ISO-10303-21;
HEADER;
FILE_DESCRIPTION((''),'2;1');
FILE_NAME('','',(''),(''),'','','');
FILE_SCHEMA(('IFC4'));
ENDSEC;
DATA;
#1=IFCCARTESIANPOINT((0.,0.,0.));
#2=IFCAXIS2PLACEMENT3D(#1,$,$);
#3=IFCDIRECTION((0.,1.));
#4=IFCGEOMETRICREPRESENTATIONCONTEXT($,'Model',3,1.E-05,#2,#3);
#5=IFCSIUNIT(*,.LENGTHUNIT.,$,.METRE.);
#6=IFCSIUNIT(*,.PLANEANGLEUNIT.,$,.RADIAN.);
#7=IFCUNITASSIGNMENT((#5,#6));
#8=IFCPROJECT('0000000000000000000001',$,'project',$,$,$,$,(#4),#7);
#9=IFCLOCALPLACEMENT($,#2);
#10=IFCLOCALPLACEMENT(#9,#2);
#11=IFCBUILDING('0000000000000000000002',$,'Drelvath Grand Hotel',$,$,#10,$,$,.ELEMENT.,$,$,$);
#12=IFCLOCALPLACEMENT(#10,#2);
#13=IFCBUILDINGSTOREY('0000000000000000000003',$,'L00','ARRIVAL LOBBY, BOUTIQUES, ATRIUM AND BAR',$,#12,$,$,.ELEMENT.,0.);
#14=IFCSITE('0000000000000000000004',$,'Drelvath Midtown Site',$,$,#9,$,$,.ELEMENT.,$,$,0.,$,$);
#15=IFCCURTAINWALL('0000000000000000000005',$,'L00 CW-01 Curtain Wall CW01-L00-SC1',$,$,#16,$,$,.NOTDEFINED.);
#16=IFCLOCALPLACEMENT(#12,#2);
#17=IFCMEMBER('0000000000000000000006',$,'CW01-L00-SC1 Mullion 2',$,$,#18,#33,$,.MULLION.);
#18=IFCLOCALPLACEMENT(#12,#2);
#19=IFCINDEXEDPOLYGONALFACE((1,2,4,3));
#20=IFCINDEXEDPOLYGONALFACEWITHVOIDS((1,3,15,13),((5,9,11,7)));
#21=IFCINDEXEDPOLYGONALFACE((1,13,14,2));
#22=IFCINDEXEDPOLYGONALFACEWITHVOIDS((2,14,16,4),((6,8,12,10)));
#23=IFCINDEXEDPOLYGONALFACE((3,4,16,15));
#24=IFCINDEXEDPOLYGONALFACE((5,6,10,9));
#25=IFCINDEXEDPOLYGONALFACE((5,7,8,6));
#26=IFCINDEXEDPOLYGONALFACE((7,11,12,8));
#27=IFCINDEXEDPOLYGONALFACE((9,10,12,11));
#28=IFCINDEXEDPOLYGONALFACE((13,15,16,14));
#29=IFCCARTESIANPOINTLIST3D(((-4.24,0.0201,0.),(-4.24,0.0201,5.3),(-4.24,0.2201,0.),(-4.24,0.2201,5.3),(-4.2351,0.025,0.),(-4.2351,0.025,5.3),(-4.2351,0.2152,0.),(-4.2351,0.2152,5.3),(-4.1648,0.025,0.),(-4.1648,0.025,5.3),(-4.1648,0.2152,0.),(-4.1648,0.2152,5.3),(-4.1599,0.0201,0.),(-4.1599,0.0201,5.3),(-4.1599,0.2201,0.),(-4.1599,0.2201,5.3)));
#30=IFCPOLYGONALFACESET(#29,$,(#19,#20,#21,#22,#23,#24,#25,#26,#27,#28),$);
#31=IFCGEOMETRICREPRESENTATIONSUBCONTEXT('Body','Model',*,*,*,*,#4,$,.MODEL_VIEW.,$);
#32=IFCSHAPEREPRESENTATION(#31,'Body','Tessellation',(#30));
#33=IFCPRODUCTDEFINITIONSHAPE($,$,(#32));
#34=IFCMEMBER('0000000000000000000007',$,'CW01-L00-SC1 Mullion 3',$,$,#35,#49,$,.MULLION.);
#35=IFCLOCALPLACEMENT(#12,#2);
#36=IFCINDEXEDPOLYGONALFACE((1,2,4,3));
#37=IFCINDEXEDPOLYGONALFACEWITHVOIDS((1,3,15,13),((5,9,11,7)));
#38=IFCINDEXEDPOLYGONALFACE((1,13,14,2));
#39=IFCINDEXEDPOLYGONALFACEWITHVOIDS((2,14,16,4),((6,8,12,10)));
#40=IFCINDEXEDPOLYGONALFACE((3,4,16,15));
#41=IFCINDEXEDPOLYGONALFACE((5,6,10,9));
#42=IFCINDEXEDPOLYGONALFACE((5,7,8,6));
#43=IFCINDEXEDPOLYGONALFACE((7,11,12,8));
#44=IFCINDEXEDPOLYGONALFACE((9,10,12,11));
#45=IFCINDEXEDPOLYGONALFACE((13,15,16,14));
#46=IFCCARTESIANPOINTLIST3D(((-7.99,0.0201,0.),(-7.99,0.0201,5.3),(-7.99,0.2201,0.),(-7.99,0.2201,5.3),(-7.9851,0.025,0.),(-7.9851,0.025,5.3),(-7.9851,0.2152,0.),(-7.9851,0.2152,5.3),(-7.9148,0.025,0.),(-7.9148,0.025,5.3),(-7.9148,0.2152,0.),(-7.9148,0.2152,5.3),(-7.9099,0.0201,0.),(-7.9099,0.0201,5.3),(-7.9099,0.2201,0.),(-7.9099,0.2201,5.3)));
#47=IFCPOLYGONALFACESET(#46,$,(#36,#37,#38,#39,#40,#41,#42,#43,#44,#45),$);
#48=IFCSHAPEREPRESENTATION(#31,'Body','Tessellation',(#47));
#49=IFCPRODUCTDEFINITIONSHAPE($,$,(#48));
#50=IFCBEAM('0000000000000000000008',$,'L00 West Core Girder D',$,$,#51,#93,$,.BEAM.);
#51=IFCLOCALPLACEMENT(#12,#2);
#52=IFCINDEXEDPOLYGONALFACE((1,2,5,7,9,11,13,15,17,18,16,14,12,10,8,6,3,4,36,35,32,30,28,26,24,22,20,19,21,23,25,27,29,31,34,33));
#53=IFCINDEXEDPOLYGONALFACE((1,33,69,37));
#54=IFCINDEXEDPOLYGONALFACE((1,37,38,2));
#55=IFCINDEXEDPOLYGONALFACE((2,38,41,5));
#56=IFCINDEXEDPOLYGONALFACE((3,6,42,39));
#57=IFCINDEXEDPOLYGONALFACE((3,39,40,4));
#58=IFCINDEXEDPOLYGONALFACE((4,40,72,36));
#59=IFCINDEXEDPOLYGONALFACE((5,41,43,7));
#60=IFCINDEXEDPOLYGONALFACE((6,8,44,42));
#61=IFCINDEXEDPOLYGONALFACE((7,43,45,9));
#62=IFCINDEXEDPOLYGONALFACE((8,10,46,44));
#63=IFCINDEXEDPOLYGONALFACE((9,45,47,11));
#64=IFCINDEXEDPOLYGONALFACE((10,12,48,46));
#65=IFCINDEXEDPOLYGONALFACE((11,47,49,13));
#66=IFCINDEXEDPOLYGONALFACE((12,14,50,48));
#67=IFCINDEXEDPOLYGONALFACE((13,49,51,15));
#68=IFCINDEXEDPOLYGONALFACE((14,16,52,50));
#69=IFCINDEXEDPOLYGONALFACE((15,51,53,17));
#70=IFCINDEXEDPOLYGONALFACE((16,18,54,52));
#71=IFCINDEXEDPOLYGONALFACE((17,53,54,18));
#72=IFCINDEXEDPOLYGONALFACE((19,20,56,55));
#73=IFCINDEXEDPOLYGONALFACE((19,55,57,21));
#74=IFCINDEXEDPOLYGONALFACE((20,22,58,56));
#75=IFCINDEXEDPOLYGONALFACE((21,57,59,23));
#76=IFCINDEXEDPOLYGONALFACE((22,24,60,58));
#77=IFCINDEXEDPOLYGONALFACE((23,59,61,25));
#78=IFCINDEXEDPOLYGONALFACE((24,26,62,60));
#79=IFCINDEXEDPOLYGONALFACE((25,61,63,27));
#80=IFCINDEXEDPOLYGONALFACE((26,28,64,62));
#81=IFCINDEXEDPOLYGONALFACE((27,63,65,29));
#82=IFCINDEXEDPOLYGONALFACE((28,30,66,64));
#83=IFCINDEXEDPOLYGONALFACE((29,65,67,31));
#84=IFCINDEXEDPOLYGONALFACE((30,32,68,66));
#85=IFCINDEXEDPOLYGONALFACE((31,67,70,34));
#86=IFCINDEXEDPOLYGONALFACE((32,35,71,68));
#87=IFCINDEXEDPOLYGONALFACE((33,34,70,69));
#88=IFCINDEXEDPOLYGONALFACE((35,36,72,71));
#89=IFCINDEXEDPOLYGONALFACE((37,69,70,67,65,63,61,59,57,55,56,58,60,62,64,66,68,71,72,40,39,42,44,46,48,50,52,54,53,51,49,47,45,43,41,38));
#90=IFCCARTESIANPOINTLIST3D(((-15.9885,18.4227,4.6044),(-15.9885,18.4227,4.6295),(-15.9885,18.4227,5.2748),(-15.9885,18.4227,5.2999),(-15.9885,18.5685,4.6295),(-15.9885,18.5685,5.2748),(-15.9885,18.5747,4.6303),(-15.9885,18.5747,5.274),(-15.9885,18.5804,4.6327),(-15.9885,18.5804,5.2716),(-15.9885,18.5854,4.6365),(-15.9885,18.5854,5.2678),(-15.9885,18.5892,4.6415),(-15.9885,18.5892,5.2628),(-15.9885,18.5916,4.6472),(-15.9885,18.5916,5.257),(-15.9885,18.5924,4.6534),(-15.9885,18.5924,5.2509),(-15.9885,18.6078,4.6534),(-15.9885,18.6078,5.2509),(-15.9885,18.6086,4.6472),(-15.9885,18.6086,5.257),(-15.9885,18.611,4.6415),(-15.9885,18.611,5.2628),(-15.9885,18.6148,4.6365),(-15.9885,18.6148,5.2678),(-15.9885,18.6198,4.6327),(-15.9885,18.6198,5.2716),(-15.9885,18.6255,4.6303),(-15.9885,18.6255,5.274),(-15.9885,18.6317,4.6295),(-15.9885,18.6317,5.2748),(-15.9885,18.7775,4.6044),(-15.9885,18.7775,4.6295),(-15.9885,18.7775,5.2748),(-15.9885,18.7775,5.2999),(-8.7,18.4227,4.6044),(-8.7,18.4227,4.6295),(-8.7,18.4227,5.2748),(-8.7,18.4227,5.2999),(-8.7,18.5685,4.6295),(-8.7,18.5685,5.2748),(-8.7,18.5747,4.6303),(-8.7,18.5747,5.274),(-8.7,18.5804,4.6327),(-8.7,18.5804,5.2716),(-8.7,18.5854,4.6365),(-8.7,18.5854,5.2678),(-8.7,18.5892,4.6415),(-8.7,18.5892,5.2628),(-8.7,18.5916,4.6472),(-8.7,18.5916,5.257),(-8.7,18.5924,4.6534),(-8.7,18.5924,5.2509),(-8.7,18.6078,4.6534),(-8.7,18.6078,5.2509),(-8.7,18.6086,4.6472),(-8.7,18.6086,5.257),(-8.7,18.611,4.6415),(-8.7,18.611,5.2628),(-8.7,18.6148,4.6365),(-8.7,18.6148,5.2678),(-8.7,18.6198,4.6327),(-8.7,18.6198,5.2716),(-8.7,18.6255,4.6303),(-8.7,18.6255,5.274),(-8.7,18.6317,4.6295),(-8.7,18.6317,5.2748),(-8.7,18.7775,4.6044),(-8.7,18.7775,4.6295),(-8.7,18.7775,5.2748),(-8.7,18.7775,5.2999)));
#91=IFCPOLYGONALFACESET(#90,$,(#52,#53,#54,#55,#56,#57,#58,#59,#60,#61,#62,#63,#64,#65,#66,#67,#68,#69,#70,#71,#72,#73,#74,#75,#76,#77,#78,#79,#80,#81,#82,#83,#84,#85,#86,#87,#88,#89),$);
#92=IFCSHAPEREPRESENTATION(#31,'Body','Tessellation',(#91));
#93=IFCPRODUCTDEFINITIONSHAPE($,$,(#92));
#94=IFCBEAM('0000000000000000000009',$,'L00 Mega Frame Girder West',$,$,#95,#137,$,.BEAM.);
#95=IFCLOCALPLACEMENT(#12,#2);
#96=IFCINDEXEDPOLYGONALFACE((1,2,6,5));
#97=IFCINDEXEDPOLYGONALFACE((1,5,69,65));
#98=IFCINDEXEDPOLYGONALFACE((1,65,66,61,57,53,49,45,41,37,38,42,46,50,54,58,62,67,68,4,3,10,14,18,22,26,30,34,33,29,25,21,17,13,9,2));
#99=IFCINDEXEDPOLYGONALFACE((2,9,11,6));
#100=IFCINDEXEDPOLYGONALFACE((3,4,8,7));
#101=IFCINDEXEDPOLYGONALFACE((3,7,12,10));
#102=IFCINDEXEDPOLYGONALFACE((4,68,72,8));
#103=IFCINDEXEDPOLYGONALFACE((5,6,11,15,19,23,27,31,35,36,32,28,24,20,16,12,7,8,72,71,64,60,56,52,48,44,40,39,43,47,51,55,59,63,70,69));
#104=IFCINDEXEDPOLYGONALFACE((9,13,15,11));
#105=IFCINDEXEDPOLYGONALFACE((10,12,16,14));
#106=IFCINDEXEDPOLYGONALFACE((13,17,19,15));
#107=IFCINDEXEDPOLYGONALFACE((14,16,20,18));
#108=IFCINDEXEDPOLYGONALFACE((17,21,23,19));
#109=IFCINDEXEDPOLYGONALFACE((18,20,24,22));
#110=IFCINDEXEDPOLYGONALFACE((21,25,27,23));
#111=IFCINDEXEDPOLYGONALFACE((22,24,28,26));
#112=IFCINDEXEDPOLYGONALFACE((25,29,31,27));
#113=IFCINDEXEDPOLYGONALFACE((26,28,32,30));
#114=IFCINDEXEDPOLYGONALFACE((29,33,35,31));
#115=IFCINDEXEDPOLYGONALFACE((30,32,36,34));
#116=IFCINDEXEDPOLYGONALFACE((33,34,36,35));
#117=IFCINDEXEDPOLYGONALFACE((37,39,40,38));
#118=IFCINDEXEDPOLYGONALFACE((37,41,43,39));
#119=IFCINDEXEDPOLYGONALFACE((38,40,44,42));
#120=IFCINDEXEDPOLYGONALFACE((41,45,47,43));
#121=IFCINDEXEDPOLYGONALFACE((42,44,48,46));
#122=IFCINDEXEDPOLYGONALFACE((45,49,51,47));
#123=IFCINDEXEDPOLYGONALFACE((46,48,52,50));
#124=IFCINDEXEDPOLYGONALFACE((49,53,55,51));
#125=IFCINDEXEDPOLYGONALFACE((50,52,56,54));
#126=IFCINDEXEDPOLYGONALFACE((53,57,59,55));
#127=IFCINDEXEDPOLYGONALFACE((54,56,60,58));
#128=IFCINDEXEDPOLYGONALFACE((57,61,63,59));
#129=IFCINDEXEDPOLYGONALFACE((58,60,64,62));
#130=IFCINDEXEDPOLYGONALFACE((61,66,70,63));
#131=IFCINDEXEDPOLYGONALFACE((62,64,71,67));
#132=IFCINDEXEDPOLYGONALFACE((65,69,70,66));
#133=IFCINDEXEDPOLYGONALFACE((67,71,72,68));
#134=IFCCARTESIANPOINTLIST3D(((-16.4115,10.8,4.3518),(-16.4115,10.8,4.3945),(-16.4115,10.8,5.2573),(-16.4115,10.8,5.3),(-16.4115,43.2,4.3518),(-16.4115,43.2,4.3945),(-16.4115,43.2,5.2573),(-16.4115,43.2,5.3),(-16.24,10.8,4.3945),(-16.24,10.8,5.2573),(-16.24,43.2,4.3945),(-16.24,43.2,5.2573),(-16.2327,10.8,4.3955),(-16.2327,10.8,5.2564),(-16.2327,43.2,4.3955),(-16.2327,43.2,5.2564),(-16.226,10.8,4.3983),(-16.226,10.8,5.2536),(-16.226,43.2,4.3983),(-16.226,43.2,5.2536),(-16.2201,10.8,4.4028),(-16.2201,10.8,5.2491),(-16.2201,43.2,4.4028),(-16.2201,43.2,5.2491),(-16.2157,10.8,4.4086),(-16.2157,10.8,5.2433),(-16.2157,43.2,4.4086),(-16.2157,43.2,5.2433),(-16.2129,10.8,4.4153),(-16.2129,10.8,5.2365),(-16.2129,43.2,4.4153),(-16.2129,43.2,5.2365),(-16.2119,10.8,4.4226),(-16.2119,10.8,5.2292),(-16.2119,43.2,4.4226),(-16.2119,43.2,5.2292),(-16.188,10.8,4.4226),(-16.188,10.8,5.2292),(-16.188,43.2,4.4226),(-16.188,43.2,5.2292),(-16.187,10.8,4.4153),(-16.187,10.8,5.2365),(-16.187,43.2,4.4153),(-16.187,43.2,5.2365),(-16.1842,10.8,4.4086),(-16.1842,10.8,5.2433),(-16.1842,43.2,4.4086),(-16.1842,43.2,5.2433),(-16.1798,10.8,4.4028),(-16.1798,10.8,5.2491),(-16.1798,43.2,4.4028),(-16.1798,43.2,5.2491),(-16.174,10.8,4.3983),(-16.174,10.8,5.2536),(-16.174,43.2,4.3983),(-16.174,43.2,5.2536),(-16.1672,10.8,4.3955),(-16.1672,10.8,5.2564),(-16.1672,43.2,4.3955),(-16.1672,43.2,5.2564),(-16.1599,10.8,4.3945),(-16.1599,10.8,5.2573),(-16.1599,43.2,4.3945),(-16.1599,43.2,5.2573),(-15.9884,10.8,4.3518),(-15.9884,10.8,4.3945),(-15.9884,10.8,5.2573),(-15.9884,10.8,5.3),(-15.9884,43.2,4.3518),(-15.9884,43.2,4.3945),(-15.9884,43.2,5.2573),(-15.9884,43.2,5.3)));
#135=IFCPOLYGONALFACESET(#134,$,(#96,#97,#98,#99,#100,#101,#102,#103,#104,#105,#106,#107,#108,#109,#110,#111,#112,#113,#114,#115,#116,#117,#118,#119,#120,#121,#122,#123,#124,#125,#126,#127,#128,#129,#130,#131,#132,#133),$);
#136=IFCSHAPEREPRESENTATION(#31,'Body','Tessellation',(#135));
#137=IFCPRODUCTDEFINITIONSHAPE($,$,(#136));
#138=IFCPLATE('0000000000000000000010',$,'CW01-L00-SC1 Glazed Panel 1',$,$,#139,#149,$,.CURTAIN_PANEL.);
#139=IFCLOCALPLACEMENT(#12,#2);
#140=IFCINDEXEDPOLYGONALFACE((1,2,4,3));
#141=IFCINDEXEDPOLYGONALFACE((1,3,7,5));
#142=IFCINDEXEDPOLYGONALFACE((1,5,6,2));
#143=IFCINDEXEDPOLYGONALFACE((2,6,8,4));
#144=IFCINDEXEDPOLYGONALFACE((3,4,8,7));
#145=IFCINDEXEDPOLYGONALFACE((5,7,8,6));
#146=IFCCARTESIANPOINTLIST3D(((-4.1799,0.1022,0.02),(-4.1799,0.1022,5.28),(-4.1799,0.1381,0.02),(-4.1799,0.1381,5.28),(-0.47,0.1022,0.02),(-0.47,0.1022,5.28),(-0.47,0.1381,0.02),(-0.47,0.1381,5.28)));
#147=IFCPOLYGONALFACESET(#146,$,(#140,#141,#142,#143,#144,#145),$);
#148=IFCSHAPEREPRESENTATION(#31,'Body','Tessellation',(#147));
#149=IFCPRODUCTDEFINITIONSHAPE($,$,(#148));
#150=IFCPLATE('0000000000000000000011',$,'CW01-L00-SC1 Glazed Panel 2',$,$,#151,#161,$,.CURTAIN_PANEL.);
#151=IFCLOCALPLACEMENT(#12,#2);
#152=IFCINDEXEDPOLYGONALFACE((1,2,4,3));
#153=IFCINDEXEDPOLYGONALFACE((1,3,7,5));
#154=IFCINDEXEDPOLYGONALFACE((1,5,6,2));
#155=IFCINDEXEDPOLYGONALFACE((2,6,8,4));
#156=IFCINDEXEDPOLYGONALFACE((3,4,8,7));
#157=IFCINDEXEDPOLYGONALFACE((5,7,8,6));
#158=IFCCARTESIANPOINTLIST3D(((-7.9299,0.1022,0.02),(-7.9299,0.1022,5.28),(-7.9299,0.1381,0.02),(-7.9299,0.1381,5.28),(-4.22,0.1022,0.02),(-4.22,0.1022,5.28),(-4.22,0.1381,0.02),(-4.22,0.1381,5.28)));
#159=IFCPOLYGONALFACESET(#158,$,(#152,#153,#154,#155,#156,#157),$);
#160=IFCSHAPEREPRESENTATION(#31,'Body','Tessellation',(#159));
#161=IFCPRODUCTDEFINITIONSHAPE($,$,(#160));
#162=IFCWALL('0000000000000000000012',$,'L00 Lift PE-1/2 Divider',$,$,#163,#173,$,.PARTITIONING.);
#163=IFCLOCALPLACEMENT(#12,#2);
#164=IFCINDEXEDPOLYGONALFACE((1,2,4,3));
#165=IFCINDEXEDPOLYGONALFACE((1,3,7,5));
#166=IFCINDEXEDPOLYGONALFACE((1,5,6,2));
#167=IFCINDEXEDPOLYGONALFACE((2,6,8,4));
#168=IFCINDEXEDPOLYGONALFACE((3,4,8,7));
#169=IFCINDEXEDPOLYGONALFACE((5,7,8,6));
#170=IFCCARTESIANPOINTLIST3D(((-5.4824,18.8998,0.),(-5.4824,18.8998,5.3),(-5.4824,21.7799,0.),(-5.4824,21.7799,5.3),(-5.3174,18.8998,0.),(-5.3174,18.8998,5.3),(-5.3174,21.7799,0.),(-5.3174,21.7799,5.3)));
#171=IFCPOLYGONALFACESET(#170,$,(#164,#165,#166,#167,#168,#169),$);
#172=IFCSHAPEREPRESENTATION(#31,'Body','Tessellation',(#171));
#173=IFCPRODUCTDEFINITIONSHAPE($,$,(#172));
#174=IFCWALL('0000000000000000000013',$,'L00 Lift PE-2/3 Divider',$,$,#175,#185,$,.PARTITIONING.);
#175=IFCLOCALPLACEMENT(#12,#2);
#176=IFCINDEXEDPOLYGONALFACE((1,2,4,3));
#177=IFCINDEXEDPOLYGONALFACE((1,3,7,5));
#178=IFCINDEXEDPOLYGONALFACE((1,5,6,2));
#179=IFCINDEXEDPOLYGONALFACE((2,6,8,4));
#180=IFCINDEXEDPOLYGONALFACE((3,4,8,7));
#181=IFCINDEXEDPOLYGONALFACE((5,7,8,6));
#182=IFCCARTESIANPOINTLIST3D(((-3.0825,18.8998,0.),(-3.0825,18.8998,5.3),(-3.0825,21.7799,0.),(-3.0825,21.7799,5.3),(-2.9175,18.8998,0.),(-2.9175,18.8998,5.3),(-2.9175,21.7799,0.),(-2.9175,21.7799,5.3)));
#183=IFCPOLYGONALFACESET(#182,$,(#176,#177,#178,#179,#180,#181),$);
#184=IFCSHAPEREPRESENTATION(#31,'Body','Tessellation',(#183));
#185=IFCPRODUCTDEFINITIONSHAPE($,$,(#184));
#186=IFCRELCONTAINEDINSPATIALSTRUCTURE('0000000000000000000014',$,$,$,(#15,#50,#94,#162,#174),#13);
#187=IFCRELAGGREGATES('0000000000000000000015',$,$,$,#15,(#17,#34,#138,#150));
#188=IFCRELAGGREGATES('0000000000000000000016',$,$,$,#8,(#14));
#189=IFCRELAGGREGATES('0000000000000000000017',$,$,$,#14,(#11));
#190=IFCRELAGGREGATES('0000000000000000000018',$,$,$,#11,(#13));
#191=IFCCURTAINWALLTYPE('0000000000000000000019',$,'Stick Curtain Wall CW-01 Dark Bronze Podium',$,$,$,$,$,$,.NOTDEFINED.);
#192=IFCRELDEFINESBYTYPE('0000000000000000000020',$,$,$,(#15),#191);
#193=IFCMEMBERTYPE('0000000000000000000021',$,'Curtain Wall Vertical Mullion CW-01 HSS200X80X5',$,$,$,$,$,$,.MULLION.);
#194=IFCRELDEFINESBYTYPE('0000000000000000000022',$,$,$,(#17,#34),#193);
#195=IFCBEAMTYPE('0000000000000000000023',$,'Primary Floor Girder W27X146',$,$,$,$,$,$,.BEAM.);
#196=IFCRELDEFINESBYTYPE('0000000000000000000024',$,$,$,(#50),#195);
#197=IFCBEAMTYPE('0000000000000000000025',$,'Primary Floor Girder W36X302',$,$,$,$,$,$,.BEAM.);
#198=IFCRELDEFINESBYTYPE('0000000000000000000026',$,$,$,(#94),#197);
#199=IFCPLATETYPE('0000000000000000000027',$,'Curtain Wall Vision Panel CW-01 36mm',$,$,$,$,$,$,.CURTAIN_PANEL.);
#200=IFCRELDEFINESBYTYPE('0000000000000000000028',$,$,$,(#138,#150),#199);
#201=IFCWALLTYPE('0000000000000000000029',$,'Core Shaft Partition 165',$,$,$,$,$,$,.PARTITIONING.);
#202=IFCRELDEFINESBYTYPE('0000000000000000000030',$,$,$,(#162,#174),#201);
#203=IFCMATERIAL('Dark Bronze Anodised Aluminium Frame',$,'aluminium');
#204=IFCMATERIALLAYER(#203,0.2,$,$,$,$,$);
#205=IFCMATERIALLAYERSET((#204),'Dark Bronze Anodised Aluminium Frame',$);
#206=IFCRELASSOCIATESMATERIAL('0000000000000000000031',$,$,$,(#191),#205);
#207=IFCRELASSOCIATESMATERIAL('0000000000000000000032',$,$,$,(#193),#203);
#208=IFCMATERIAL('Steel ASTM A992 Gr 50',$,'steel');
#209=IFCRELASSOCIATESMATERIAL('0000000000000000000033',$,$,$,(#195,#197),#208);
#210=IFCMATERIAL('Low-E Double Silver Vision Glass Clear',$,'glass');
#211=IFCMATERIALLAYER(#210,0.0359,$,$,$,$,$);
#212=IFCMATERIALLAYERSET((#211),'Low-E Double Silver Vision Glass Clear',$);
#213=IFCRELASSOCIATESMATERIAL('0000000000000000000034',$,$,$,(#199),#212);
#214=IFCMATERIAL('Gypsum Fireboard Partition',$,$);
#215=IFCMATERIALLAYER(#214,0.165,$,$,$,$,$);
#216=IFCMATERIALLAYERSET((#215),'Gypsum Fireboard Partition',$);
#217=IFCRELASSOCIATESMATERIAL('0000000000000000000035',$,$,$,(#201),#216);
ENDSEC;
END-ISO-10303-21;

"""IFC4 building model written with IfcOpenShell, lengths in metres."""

from ifc_helpers import new_model, si_unit, direction, frame, frame_2d, origin, origin_2d, place, context, subcontext, project, spatial, rectangle, hollow_rectangle, i_section, extrude, material, layer, layer_set, material_profile, profile_set, type_object, element, aggregate, save


model = new_model("IFC4")

# Units and contexts
model_context = context("Model", 3, precision=1e-05, world=origin(), true_north=direction((0.0, 1.0)))
body_context = subcontext(model_context, "Body", "Model", "MODEL_VIEW")
ifc_project = project(units=[si_unit("LENGTHUNIT", "METRE"), si_unit("PLANEANGLEUNIT", "RADIAN")], contexts=[model_context])

# Site, building, storey
site_placement = place(None, origin())
site = spatial("IfcSite", under=ifc_project, at=site_placement, Name="Drelvath Midtown Site", CompositionType="ELEMENT", RefElevation=0.0)
building_placement = place(site_placement, origin())
building = spatial("IfcBuilding", under=site, at=building_placement, Name="Drelvath Grand Hotel", CompositionType="ELEMENT")
storey_placement = place(building_placement, origin())
storey = spatial("IfcBuildingStorey", under=building, at=storey_placement, Name="L00", Description="ARRIVAL LOBBY, BOUTIQUES, ATRIUM AND BAR", CompositionType="ELEMENT", Elevation=0.0)

# Curtain wall, members
ifc_material_1 = material(Name="Dark Bronze Anodised Aluminium Frame", Category="aluminium")
ifc_layer_1 = layer(ifc_material_1, 0.2)
ifc_layer_set_1 = layer_set([ifc_layer_1], Name="Dark Bronze Anodised Aluminium Frame")
curtain_wall_type = type_object("IfcCurtainWallType", Name="Stick Curtain Wall CW-01 Dark Bronze Podium", PredefinedType="NOTDEFINED", material=ifc_layer_set_1)
curtain_wall_placement = place(storey_placement, origin())
curtain_wall = element("IfcCurtainWall", 1, at=curtain_wall_placement, inside=storey, type_object=curtain_wall_type, Name="L00 CW-01 Curtain Wall CW01-L00-SC1", PredefinedType="NOTDEFINED")
ifc_material_profile_1 = material_profile(ifc_material_1, hollow_rectangle(XDim=0.0801, YDim=0.2, WallThickness=0.0049, at=origin_2d()), Name="HSS200X80X5")
ifc_profile_set_1 = profile_set([ifc_material_profile_1], Name="Dark Bronze Anodised Aluminium Frame")
member_type_1 = type_object("IfcMemberType", Name="Curtain Wall Vertical Mullion CW-01 HSS200X80X5", PredefinedType="MULLION", material=ifc_profile_set_1)
member_1_placement = place(storey_placement, frame((-4.2, 0.1201, 0.0), z_axis=(0.0, 0.0, 1.0), x_axis=(1.0, 0.0, 0.0)))
member_1 = element("IfcMember", 2, at=member_1_placement, type_object=member_type_1, Name="CW01-L00-SC1 Mullion 2", PredefinedType="MULLION", context=body_context, shape_type="SweptSolid", body=[
    extrude(hollow_rectangle(XDim=0.0801, YDim=0.2, WallThickness=0.0049, at=origin_2d()), origin(), (0.0, 0.0, 1.0), 5.3),
])
member_2_placement = place(storey_placement, frame((-7.95, 0.1201, 0.0), z_axis=(0.0, 0.0, 1.0), x_axis=(1.0, 0.0, 0.0)))
member_2 = element("IfcMember", 3, at=member_2_placement, type_object=member_type_1, Name="CW01-L00-SC1 Mullion 3", PredefinedType="MULLION", context=body_context, shape_type="SweptSolid", body=[
    extrude(hollow_rectangle(XDim=0.0801, YDim=0.2, WallThickness=0.0049, at=origin_2d()), origin(), (0.0, 0.0, 1.0), 5.3),
])

# Beams
ifc_material_2 = material(Name="Steel ASTM A992 Gr 50", Category="steel")
ifc_material_profile_2 = material_profile(ifc_material_2, i_section(OverallWidth=0.3547, OverallDepth=0.6956, WebThickness=0.0154, FlangeThickness=0.0251, FilletRadius=0.0239, at=origin_2d()), Name="W27X146")
ifc_profile_set_2 = profile_set([ifc_material_profile_2], Name="Steel ASTM A992 Gr 50")
beam_type_1 = type_object("IfcBeamType", Name="Primary Floor Girder W27X146", PredefinedType="BEAM", material=ifc_profile_set_2)
beam_1_placement = place(storey_placement, frame((-15.9885, 18.6001, 4.9521), z_axis=(1.0, 0.0, 0.0), x_axis=(0.0, 1.0, 0.0)))
element("IfcBeam", 4, at=beam_1_placement, inside=storey, type_object=beam_type_1, Name="L00 West Core Girder D", PredefinedType="BEAM", context=body_context, shape_type="SweptSolid", body=[
    extrude(i_section(OverallWidth=0.3547, OverallDepth=0.6956, WebThickness=0.0154, FlangeThickness=0.0251, FilletRadius=0.0239, at=origin_2d()), origin(), (0.0, 0.0, 1.0), 7.2886),
])
ifc_material_profile_3 = material_profile(ifc_material_2, i_section(OverallWidth=0.4231, OverallDepth=0.9482, WebThickness=0.0239, FlangeThickness=0.0427, FilletRadius=0.0281, at=origin_2d()), Name="W36X302")
ifc_profile_set_3 = profile_set([ifc_material_profile_3], Name="Steel ASTM A992 Gr 50")
beam_type_2 = type_object("IfcBeamType", Name="Primary Floor Girder W36X302", PredefinedType="BEAM", material=ifc_profile_set_3)
beam_2_placement = place(storey_placement, frame((-16.2, 10.8, 4.8259), z_axis=(0.0, 1.0, 0.0), x_axis=(-1.0, 0.0, 0.0)))
element("IfcBeam", 5, at=beam_2_placement, inside=storey, type_object=beam_type_2, Name="L00 Mega Frame Girder West", PredefinedType="BEAM", context=body_context, shape_type="SweptSolid", body=[
    extrude(i_section(OverallWidth=0.4231, OverallDepth=0.9482, WebThickness=0.0239, FlangeThickness=0.0427, FilletRadius=0.0281, at=origin_2d()), origin(), (0.0, 0.0, 1.0), 32.3999),
])

# Plates
ifc_material_3 = material(Name="Low-E Double Silver Vision Glass Clear", Category="glass")
ifc_layer_2 = layer(ifc_material_3, 0.0359)
ifc_layer_set_2 = layer_set([ifc_layer_2], Name="Low-E Double Silver Vision Glass Clear")
plate_type = type_object("IfcPlateType", Name="Curtain Wall Vision Panel CW-01 36mm", PredefinedType="CURTAIN_PANEL", material=ifc_layer_set_2)
plate_1_placement = place(storey_placement, frame((-2.325, 0.1201, 0.02), z_axis=(0.0, 0.0, 1.0), x_axis=(-1.0, 0.0, 0.0)))
plate_1 = element("IfcPlate", 6, at=plate_1_placement, type_object=plate_type, Name="CW01-L00-SC1 Glazed Panel 1", PredefinedType="CURTAIN_PANEL", context=body_context, shape_type="SweptSolid", body=[
    extrude(rectangle(XDim=3.71, YDim=0.0359, at=origin_2d()), origin(), (0.0, 0.0, 1.0), 5.26),
])
plate_2_placement = place(storey_placement, frame((-6.075, 0.1201, 0.02), z_axis=(0.0, 0.0, 1.0), x_axis=(-1.0, 0.0, 0.0)))
plate_2 = element("IfcPlate", 7, at=plate_2_placement, type_object=plate_type, Name="CW01-L00-SC1 Glazed Panel 2", PredefinedType="CURTAIN_PANEL", context=body_context, shape_type="SweptSolid", body=[
    extrude(rectangle(XDim=3.71, YDim=0.0359, at=origin_2d()), origin(), (0.0, 0.0, 1.0), 5.26),
])
aggregate(curtain_wall, [member_1, member_2, plate_1, plate_2])

# Walls
ifc_material_4 = material(Name="Gypsum Fireboard Partition")
ifc_layer_3 = layer(ifc_material_4, 0.165)
ifc_layer_set_3 = layer_set([ifc_layer_3], Name="Gypsum Fireboard Partition")
wall_type_1 = type_object("IfcWallType", Name="Core Shaft Partition 165", PredefinedType="PARTITIONING", material=ifc_layer_set_3)
for number, where, z_axis, x_axis, name in (
    (8, (-5.3999, 18.8999, 0.0), (0.0, 0.0, 1.0), (0.0, 1.0, 0.0), "L00 Lift PE-1/2 Divider"),
    (9, (-3.0, 18.8999, 0.0), (0.0, 0.0, 1.0), (0.0, 1.0, 0.0), "L00 Lift PE-2/3 Divider"),
):
    element("IfcWall", number, at=place(storey_placement, frame(where, z_axis=z_axis, x_axis=x_axis)), inside=storey, type_object=wall_type_1, Name=name, PredefinedType="PARTITIONING", context=body_context, shape_type="SweptSolid", body=[
        extrude(rectangle(XDim=2.8801, YDim=0.165, at=frame_2d((1.4399, 0.0))), origin(), (0.0, 0.0, 1.0), 5.3),
    ])

save(model, "model.ifc")
